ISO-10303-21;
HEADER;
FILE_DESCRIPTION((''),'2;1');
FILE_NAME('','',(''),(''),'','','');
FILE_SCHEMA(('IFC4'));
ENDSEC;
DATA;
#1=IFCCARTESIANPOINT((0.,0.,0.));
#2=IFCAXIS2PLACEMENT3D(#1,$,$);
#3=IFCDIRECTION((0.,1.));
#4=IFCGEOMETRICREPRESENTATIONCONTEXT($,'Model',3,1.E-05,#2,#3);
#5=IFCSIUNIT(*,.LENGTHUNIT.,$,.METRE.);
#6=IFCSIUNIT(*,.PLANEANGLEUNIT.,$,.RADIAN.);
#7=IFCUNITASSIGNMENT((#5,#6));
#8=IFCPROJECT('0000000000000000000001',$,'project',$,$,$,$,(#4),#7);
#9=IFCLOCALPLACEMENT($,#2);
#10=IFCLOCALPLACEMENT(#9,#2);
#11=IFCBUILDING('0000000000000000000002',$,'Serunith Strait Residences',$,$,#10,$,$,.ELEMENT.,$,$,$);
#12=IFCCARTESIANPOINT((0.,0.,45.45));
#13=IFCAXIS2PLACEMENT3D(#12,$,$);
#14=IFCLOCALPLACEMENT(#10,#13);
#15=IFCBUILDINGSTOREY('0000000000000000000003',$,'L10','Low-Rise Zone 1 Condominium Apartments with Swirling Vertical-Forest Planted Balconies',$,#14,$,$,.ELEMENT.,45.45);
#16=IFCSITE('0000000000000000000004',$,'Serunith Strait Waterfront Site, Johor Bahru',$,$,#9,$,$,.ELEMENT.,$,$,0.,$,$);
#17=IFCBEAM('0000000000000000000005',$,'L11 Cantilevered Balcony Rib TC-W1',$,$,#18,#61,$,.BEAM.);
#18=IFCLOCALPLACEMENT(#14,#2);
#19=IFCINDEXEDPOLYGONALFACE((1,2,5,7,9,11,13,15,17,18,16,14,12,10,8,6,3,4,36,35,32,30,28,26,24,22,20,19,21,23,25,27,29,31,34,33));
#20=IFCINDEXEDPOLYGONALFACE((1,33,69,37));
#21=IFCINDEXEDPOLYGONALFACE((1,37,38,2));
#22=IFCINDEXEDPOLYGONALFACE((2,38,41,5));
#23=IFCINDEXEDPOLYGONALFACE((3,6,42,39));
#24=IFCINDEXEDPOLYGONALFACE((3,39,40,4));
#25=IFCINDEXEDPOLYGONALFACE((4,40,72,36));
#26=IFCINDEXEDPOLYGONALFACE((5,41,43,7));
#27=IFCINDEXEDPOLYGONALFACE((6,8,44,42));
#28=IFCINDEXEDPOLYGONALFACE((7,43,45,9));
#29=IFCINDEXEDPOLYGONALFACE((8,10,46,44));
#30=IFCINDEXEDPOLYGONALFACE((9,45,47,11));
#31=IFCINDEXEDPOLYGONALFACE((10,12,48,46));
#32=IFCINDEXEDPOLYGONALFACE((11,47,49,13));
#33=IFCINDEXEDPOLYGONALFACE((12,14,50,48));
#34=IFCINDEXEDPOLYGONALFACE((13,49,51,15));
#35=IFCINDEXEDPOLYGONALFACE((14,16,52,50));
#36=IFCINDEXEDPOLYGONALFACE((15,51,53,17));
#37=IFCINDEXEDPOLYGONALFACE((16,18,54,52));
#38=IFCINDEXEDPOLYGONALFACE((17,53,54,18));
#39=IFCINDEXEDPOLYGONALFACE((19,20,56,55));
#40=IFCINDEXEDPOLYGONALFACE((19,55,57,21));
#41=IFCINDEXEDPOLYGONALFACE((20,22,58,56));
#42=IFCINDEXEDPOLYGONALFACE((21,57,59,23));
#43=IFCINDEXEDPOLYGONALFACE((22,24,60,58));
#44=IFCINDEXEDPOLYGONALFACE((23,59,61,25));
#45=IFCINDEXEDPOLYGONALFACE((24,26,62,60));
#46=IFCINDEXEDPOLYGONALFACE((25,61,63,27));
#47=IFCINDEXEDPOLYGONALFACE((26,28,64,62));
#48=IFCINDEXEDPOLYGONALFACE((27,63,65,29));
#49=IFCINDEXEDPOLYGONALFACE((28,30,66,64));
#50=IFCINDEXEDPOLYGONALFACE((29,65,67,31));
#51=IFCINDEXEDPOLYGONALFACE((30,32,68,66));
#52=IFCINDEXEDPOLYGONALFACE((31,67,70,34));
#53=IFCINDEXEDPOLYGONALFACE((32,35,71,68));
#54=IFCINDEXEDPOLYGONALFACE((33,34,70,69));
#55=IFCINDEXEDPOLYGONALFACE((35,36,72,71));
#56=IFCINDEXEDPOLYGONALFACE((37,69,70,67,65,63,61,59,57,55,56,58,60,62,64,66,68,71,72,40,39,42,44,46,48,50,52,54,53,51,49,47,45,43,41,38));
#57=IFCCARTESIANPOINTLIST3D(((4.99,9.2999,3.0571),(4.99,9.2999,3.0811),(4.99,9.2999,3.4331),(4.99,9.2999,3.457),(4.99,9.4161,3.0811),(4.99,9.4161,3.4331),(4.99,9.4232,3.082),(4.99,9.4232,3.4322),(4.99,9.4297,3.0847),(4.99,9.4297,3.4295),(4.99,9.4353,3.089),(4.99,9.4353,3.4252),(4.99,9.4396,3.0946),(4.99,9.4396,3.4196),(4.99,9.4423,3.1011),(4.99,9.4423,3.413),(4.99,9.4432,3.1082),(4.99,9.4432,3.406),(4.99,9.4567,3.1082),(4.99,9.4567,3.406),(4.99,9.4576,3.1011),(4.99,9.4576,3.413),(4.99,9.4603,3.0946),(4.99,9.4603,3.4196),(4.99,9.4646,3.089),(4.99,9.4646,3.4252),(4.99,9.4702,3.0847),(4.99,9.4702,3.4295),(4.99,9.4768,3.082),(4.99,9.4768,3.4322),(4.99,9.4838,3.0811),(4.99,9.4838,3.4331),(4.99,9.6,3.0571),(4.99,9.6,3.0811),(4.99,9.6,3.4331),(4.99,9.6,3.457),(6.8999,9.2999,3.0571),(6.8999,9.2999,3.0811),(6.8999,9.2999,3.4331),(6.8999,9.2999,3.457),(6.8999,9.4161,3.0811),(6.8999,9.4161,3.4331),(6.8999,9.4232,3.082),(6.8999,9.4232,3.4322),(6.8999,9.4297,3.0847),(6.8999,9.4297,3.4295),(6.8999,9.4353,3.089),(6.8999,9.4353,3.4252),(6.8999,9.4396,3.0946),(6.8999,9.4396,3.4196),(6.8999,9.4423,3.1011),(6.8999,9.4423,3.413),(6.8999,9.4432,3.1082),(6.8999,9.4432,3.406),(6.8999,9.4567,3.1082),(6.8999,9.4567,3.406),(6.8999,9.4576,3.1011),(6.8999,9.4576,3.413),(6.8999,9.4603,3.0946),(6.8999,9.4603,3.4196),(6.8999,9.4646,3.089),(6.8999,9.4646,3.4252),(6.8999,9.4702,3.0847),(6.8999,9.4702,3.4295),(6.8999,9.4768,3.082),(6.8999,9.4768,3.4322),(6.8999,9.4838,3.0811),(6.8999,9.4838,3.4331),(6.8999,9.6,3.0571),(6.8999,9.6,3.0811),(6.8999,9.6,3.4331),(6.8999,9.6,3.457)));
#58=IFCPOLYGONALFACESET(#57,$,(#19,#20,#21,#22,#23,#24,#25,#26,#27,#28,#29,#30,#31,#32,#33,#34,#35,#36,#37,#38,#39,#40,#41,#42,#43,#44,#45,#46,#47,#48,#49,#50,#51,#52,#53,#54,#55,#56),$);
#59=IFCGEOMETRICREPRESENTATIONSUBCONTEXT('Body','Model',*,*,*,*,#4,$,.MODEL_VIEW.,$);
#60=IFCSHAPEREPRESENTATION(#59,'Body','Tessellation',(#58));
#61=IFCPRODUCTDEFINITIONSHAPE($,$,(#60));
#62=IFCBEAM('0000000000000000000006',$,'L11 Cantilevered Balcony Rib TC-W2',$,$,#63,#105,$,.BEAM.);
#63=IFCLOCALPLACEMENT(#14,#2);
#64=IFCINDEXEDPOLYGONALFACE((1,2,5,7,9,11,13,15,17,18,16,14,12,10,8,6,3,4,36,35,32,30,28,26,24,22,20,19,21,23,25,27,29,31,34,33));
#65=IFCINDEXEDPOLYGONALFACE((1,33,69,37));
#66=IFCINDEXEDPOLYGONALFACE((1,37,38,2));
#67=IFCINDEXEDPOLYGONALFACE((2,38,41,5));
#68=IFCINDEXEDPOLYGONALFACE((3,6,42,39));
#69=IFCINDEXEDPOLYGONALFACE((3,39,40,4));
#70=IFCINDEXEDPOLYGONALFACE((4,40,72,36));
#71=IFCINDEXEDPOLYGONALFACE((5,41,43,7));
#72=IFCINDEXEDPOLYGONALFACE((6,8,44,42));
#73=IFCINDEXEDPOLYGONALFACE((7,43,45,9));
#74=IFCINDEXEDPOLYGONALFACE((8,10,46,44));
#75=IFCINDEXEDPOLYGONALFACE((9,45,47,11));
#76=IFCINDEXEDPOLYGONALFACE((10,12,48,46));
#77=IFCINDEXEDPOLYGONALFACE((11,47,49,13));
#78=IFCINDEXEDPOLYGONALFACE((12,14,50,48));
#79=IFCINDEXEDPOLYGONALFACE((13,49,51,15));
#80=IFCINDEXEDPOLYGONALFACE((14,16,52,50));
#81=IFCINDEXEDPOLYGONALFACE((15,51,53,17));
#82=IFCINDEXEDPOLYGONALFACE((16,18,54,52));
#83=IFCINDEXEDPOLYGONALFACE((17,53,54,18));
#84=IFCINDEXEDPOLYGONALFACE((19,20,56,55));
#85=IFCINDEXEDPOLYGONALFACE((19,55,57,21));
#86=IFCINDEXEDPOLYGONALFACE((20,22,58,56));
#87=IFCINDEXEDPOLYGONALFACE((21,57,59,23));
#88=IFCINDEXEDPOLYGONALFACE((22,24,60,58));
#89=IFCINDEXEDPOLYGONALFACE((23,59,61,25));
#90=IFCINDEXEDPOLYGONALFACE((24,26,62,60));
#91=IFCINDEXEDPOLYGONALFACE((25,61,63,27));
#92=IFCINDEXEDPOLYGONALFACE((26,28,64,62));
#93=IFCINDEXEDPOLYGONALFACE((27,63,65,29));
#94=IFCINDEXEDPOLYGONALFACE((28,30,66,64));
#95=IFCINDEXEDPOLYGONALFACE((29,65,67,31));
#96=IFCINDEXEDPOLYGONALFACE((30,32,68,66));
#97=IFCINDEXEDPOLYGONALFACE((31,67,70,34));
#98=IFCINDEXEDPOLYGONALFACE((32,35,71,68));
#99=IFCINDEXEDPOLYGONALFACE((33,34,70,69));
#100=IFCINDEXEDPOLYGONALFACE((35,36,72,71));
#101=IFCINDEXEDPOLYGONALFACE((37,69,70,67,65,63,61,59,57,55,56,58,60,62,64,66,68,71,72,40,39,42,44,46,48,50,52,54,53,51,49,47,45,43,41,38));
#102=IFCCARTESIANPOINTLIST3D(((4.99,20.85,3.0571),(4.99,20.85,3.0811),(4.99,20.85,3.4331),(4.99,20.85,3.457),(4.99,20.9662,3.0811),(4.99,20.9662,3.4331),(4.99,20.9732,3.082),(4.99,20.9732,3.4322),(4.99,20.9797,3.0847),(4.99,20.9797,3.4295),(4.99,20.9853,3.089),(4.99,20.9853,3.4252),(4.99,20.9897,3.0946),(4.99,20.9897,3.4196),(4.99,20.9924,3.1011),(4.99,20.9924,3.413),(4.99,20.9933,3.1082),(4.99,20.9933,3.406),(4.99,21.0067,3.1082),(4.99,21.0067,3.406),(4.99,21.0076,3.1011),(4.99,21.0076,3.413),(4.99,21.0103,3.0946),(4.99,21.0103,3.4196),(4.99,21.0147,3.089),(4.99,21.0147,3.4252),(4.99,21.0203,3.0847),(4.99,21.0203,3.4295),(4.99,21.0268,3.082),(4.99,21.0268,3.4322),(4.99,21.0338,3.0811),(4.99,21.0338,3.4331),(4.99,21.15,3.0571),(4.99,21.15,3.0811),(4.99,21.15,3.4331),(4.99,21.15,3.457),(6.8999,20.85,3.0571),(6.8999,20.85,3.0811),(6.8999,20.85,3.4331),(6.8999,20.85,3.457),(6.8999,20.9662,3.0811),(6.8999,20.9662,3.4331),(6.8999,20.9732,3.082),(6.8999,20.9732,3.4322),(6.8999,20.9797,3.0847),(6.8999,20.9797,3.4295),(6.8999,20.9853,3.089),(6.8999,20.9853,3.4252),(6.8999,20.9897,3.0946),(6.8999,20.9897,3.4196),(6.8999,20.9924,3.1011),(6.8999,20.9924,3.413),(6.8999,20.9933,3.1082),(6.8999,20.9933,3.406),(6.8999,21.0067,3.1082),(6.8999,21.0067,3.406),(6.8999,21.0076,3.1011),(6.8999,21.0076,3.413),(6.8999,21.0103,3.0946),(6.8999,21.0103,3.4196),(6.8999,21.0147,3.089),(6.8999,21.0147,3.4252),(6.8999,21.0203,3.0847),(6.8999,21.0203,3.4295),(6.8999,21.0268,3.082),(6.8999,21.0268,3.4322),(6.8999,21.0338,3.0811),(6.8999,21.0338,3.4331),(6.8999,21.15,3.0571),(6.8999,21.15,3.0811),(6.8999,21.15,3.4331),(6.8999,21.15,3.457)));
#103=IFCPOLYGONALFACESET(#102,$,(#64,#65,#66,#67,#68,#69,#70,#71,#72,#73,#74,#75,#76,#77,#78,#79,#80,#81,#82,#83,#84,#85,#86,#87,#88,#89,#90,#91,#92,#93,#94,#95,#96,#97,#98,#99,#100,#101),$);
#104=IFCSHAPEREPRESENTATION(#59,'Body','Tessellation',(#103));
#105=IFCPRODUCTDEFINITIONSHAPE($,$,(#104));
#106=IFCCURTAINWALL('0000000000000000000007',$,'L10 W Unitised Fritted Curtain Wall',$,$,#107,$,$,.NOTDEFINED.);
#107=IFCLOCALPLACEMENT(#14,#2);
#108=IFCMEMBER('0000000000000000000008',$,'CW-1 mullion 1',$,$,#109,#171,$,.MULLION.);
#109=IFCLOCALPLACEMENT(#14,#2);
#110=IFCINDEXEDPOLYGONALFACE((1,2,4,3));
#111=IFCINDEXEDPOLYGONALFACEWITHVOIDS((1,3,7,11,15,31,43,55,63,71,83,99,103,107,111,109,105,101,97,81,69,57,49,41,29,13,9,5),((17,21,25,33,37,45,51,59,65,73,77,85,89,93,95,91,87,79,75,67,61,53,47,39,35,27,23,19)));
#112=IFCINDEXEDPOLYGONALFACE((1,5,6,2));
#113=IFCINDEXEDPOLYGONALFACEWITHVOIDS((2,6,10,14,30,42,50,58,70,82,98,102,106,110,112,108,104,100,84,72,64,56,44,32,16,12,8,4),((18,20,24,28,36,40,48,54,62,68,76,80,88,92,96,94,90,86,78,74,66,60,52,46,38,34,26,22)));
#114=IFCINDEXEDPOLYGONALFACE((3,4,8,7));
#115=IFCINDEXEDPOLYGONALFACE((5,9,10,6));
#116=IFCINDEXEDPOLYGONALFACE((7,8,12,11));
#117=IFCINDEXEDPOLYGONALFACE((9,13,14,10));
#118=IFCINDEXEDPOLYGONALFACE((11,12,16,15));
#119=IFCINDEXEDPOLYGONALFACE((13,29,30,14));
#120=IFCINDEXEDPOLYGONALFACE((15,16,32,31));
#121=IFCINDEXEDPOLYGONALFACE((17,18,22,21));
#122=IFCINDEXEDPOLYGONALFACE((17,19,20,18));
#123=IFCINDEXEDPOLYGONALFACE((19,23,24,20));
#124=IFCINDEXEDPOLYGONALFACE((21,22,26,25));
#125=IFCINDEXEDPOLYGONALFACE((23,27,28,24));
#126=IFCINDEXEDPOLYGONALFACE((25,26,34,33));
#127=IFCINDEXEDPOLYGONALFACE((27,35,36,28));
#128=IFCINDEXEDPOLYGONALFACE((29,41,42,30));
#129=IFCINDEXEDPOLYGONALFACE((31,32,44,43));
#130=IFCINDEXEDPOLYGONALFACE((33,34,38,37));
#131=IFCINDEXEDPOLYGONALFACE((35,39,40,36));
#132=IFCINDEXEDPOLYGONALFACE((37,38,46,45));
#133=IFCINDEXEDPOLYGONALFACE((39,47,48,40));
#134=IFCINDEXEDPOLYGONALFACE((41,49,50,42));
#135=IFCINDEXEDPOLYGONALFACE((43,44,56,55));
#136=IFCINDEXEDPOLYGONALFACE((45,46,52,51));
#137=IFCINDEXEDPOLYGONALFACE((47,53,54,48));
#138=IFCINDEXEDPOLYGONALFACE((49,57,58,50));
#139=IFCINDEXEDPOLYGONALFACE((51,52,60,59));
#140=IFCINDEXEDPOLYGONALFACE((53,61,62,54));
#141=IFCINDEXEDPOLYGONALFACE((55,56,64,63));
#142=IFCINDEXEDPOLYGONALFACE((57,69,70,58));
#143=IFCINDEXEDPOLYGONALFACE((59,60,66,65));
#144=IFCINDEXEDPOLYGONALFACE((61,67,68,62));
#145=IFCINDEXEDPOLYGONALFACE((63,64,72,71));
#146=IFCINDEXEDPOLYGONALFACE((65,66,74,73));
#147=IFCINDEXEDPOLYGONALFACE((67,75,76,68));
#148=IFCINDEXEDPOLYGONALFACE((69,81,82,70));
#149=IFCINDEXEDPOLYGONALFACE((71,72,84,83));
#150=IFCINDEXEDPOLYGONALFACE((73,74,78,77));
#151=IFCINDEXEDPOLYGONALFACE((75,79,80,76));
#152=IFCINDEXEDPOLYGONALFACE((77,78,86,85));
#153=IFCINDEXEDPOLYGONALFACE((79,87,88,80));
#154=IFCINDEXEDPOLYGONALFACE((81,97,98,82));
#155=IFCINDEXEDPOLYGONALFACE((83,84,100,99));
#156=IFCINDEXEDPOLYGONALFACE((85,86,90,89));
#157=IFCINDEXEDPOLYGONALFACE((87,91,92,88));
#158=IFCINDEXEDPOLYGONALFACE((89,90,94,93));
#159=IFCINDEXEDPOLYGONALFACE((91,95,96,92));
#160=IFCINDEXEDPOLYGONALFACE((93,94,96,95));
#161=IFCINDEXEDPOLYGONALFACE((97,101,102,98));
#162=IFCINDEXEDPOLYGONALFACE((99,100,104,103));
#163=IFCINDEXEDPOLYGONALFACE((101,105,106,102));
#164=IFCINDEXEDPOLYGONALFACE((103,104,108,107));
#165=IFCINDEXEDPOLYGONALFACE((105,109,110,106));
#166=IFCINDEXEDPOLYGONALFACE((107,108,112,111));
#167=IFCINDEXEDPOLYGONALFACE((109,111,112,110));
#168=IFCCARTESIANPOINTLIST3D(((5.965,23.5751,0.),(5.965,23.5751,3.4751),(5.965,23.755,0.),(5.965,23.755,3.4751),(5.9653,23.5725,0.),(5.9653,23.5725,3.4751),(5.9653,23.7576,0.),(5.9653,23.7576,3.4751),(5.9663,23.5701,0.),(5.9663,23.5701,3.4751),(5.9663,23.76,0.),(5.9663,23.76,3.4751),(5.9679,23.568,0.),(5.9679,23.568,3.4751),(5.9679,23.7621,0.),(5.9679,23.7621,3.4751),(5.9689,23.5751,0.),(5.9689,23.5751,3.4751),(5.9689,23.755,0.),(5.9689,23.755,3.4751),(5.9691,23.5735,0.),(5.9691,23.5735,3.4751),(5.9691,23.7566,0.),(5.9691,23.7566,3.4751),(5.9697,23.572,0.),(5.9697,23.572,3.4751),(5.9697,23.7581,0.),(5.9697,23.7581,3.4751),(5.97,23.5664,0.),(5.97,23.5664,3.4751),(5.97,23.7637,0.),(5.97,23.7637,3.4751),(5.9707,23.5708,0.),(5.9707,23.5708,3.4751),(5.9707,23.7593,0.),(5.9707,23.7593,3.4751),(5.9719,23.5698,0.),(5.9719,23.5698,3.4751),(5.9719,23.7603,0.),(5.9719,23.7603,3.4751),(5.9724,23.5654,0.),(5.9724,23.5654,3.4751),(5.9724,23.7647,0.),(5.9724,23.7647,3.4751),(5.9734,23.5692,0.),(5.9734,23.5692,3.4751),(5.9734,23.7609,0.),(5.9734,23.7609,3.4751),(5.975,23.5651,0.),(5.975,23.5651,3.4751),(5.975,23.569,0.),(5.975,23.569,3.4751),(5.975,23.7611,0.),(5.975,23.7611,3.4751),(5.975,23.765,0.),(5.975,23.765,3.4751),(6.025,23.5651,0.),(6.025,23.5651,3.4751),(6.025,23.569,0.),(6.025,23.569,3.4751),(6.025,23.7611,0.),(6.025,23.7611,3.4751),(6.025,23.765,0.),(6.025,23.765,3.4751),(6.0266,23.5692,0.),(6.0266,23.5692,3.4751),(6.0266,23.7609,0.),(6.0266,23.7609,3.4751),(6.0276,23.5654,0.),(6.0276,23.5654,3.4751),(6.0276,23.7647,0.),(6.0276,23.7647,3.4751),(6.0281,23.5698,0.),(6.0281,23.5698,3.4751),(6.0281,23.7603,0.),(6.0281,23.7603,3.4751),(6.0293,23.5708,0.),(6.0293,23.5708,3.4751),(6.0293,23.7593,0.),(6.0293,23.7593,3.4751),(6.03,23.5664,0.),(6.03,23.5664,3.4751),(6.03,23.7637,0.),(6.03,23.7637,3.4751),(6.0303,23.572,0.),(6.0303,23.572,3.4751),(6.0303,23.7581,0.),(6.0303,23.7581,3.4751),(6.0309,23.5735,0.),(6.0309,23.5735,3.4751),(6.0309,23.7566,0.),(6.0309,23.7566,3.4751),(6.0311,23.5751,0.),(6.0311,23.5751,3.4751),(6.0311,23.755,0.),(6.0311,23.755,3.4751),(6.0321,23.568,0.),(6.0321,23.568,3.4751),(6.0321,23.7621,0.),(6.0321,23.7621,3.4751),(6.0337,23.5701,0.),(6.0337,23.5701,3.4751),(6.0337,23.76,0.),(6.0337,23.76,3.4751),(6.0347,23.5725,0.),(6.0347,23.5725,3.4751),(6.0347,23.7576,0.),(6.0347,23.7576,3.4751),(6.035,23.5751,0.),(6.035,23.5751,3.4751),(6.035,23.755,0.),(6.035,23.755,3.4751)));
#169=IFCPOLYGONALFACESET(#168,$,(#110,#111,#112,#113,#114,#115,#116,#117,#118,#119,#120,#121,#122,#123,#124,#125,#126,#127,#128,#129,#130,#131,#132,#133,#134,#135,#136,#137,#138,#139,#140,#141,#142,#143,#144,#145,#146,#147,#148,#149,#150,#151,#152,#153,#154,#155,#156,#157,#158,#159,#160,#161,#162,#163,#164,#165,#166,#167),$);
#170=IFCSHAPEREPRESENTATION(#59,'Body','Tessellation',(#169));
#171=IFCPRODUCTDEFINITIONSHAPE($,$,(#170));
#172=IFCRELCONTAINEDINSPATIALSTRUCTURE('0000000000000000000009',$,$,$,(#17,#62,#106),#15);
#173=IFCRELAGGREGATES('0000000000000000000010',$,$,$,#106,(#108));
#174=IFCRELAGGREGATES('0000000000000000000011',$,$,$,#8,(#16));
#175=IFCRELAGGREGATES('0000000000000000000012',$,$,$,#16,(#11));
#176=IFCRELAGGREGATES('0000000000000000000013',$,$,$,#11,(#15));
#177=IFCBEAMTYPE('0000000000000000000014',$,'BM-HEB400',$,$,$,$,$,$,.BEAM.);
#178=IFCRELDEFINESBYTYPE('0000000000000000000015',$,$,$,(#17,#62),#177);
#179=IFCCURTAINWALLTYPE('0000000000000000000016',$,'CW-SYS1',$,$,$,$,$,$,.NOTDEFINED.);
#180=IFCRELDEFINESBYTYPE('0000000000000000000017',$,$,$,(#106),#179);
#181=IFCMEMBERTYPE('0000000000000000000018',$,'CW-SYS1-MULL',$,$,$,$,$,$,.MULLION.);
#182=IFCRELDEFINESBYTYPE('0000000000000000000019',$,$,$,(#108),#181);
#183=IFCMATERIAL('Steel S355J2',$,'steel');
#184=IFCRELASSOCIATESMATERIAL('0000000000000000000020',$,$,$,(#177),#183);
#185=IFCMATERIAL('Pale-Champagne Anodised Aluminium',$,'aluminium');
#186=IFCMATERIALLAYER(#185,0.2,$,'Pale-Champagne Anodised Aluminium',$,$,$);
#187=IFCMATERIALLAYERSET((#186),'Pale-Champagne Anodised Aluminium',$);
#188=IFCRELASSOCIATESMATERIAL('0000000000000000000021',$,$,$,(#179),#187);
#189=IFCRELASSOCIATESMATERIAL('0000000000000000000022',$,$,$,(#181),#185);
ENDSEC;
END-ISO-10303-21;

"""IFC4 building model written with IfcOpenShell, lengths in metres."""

from ifc_helpers import new_model, si_unit, direction, frame, origin, origin_2d, place, context, subcontext, project, spatial, hollow_rectangle, i_section, extrude, source, transform, mapped, material, layer, layer_set, material_profile, profile_set, type_object, element, aggregate, save


model = new_model("IFC4")

# Units and contexts
model_context = context("Model", 3, precision=1e-05, world=origin(), true_north=direction((0.0, 1.0)))
body_context = subcontext(model_context, "Body", "Model", "MODEL_VIEW")
ifc_project = project(units=[si_unit("LENGTHUNIT", "METRE"), si_unit("PLANEANGLEUNIT", "RADIAN")], contexts=[model_context])

# Site, building, storey
site_placement = place(None, origin())
site = spatial("IfcSite", under=ifc_project, at=site_placement, Name="Serunith Strait Waterfront Site, Johor Bahru", CompositionType="ELEMENT", RefElevation=0.0)
building_placement = place(site_placement, origin())
building = spatial("IfcBuilding", under=site, at=building_placement, Name="Serunith Strait Residences", CompositionType="ELEMENT")
storey_placement = place(building_placement, frame((0.0, 0.0, 45.45)))
storey = spatial("IfcBuildingStorey", under=building, at=storey_placement, Name="L10", Description="Low-Rise Zone 1 Condominium Apartments with Swirling Vertical-Forest Planted Balconies", CompositionType="ELEMENT", Elevation=45.45)

# Beams
ifc_material_1 = material(Name="Steel S355J2", Category="steel")
ifc_material_profile_1 = material_profile(ifc_material_1, i_section(OverallWidth=0.3, OverallDepth=0.3999, WebThickness=0.0134, FlangeThickness=0.0239, FilletRadius=0.0271, at=origin_2d()), Name="HEB 400")
ifc_profile_set_1 = profile_set([ifc_material_profile_1], Name="Steel S355J2")
beam_type_1 = type_object("IfcBeamType", Name="BM-HEB400", PredefinedType="BEAM", material=ifc_profile_set_1)
shared_shape_1 = source(origin(), body_context, "Body", "SweptSolid", [
    extrude(i_section(OverallWidth=0.3, OverallDepth=0.3999, WebThickness=0.0134, FlangeThickness=0.0239, FilletRadius=0.0271, at=origin_2d()), origin(), (0.0, 0.0, 1.0), 1.9099),
])
for number, where, z_axis, x_axis, name in (
    (1, (6.8999, 9.45, 3.2571), (-1.0, 0.0, 0.0), (0.0, -1.0, 0.0), "L11 Cantilevered Balcony Rib TC-W1"),
    (2, (6.8999, 21.0, 3.2571), (-1.0, 0.0, 0.0), (0.0, -1.0, 0.0), "L11 Cantilevered Balcony Rib TC-W2"),
):
    element("IfcBeam", number, at=place(storey_placement, frame(where, z_axis=z_axis, x_axis=x_axis)), inside=storey, type_object=beam_type_1, Name=name, PredefinedType="BEAM", context=body_context, shape_type="MappedRepresentation", body=[
        mapped(shared_shape_1, transform((0.0, 0.0, 0.0), scale=1.0)),
    ])

# Curtain wall, member
ifc_material_2 = material(Name="Pale-Champagne Anodised Aluminium", Category="aluminium")
ifc_layer_1 = layer(ifc_material_2, 0.2, Name="Pale-Champagne Anodised Aluminium")
ifc_layer_set_1 = layer_set([ifc_layer_1], Name="Pale-Champagne Anodised Aluminium")
curtain_wall_type = type_object("IfcCurtainWallType", Name="CW-SYS1", PredefinedType="NOTDEFINED", material=ifc_layer_set_1)
curtain_wall_placement = place(storey_placement, origin())
curtain_wall = element("IfcCurtainWall", 3, at=curtain_wall_placement, inside=storey, type_object=curtain_wall_type, Name="L10 W Unitised Fritted Curtain Wall", PredefinedType="NOTDEFINED")
ifc_material_profile_2 = material_profile(ifc_material_2, hollow_rectangle(XDim=0.0701, YDim=0.2, WallThickness=0.0039, InnerFilletRadius=0.0061, OuterFilletRadius=0.01, at=origin_2d()), Name="ALU 200x70x4")
ifc_profile_set_2 = profile_set([ifc_material_profile_2], Name="Pale-Champagne Anodised Aluminium")
member_type_1 = type_object("IfcMemberType", Name="CW-SYS1-MULL", PredefinedType="MULLION", material=ifc_profile_set_2)
shared_shape_2 = source(origin(), body_context, "Body", "SweptSolid", [
    extrude(hollow_rectangle(XDim=0.0701, YDim=0.2, WallThickness=0.0039, InnerFilletRadius=0.0061, OuterFilletRadius=0.01, at=origin_2d()), origin(), (0.0, 0.0, 1.0), 3.4751),
])
member_1_placement = place(storey_placement, frame((6.0, 23.665, 0.0), z_axis=(0.0, 0.0, 1.0), x_axis=(1.0, 0.0, 0.0)))
member_1 = element("IfcMember", 4, at=member_1_placement, type_object=member_type_1, Name="CW-1 mullion 1", PredefinedType="MULLION", context=body_context, shape_type="MappedRepresentation", body=[
    mapped(shared_shape_2, transform((0.0, 0.0, 0.0), scale=1.0)),
])
aggregate(curtain_wall, [member_1])

save(model, "model.ifc")
